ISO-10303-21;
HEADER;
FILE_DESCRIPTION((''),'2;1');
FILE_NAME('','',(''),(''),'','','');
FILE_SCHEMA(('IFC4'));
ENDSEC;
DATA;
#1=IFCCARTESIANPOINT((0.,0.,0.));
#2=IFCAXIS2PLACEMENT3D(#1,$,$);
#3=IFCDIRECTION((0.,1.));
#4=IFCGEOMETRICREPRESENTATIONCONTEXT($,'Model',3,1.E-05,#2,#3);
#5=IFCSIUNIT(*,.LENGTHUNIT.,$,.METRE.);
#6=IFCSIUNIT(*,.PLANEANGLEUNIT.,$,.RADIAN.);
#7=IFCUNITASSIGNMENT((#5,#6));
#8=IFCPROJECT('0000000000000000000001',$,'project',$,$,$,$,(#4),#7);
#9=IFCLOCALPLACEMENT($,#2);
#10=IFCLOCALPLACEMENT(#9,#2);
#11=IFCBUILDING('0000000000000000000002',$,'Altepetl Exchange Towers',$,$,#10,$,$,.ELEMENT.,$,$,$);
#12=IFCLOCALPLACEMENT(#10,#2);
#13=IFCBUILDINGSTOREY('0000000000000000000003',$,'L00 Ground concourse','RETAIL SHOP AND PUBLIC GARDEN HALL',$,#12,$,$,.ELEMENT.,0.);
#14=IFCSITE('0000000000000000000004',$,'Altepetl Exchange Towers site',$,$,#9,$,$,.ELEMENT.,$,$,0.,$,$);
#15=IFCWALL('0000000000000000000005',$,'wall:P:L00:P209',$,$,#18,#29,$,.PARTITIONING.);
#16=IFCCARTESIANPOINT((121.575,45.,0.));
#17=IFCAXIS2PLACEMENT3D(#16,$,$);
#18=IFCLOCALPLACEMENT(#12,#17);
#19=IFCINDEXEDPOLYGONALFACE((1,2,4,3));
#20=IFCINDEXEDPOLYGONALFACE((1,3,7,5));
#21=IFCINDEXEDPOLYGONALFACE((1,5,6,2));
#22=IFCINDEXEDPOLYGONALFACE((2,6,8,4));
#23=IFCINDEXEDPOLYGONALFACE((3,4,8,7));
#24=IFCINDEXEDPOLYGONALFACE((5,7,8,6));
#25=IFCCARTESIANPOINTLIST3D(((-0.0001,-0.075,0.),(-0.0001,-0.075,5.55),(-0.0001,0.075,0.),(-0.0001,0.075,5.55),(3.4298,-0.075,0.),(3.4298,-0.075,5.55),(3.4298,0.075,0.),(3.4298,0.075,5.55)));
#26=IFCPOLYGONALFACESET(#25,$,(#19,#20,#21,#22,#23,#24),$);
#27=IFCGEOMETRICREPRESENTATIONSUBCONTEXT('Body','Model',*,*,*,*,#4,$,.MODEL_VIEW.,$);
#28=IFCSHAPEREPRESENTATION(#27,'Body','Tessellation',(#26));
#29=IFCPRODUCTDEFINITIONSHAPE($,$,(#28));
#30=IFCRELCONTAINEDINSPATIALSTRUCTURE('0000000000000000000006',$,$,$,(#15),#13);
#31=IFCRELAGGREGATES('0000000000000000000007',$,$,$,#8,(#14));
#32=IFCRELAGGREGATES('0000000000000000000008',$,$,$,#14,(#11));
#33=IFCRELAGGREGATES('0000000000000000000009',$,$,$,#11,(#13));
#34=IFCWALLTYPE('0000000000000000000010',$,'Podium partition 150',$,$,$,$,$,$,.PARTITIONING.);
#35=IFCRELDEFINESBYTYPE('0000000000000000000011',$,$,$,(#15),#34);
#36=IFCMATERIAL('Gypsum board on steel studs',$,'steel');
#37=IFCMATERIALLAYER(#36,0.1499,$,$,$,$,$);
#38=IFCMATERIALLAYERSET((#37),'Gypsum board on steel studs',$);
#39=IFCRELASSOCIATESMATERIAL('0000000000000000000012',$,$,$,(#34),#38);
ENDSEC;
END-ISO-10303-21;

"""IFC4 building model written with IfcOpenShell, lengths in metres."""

from ifc_helpers import new_model, si_unit, direction, frame, frame_2d, origin, place, context, subcontext, project, spatial, rectangle, extrude, material, layer, layer_set, type_object, element, save


model = new_model("IFC4")

# Units and contexts
model_context = context("Model", 3, precision=1e-05, world=origin(), true_north=direction((0.0, 1.0)))
body_context = subcontext(model_context, "Body", "Model", "MODEL_VIEW")
ifc_project = project(units=[si_unit("LENGTHUNIT", "METRE"), si_unit("PLANEANGLEUNIT", "RADIAN")], contexts=[model_context])

# Site, building, storey
site_placement = place(None, origin())
site = spatial("IfcSite", under=ifc_project, at=site_placement, Name="Altepetl Exchange Towers site", CompositionType="ELEMENT", RefElevation=0.0)
building_placement = place(site_placement, origin())
building = spatial("IfcBuilding", under=site, at=building_placement, Name="Altepetl Exchange Towers", CompositionType="ELEMENT")
storey_placement = place(building_placement, origin())
storey = spatial("IfcBuildingStorey", under=building, at=storey_placement, Name="L00 Ground concourse", Description="RETAIL SHOP AND PUBLIC GARDEN HALL", CompositionType="ELEMENT", Elevation=0.0)

# Shared definitions
ifc_material_1 = material(Name="Gypsum board on steel studs", Category="steel")
ifc_layer_1 = layer(ifc_material_1, 0.1499)
ifc_layer_set_1 = layer_set([ifc_layer_1], Name="Gypsum board on steel studs")
wall_type_1 = type_object("IfcWallType", Name="Podium partition 150", PredefinedType="PARTITIONING", material=ifc_layer_set_1)

# Wall
wall_1_placement = place(storey_placement, frame((121.575, 45.0, 0.0)))
element("IfcWall", 1, at=wall_1_placement, inside=storey, type_object=wall_type_1, Name="wall:P:L00:P209", PredefinedType="PARTITIONING", context=body_context, shape_type="SweptSolid", body=[
    extrude(rectangle(XDim=3.4299, YDim=0.1499, at=frame_2d((1.7148, 0.0))), origin(), (0.0, 0.0, 1.0), 5.55),
])

save(model, "model.ifc")
